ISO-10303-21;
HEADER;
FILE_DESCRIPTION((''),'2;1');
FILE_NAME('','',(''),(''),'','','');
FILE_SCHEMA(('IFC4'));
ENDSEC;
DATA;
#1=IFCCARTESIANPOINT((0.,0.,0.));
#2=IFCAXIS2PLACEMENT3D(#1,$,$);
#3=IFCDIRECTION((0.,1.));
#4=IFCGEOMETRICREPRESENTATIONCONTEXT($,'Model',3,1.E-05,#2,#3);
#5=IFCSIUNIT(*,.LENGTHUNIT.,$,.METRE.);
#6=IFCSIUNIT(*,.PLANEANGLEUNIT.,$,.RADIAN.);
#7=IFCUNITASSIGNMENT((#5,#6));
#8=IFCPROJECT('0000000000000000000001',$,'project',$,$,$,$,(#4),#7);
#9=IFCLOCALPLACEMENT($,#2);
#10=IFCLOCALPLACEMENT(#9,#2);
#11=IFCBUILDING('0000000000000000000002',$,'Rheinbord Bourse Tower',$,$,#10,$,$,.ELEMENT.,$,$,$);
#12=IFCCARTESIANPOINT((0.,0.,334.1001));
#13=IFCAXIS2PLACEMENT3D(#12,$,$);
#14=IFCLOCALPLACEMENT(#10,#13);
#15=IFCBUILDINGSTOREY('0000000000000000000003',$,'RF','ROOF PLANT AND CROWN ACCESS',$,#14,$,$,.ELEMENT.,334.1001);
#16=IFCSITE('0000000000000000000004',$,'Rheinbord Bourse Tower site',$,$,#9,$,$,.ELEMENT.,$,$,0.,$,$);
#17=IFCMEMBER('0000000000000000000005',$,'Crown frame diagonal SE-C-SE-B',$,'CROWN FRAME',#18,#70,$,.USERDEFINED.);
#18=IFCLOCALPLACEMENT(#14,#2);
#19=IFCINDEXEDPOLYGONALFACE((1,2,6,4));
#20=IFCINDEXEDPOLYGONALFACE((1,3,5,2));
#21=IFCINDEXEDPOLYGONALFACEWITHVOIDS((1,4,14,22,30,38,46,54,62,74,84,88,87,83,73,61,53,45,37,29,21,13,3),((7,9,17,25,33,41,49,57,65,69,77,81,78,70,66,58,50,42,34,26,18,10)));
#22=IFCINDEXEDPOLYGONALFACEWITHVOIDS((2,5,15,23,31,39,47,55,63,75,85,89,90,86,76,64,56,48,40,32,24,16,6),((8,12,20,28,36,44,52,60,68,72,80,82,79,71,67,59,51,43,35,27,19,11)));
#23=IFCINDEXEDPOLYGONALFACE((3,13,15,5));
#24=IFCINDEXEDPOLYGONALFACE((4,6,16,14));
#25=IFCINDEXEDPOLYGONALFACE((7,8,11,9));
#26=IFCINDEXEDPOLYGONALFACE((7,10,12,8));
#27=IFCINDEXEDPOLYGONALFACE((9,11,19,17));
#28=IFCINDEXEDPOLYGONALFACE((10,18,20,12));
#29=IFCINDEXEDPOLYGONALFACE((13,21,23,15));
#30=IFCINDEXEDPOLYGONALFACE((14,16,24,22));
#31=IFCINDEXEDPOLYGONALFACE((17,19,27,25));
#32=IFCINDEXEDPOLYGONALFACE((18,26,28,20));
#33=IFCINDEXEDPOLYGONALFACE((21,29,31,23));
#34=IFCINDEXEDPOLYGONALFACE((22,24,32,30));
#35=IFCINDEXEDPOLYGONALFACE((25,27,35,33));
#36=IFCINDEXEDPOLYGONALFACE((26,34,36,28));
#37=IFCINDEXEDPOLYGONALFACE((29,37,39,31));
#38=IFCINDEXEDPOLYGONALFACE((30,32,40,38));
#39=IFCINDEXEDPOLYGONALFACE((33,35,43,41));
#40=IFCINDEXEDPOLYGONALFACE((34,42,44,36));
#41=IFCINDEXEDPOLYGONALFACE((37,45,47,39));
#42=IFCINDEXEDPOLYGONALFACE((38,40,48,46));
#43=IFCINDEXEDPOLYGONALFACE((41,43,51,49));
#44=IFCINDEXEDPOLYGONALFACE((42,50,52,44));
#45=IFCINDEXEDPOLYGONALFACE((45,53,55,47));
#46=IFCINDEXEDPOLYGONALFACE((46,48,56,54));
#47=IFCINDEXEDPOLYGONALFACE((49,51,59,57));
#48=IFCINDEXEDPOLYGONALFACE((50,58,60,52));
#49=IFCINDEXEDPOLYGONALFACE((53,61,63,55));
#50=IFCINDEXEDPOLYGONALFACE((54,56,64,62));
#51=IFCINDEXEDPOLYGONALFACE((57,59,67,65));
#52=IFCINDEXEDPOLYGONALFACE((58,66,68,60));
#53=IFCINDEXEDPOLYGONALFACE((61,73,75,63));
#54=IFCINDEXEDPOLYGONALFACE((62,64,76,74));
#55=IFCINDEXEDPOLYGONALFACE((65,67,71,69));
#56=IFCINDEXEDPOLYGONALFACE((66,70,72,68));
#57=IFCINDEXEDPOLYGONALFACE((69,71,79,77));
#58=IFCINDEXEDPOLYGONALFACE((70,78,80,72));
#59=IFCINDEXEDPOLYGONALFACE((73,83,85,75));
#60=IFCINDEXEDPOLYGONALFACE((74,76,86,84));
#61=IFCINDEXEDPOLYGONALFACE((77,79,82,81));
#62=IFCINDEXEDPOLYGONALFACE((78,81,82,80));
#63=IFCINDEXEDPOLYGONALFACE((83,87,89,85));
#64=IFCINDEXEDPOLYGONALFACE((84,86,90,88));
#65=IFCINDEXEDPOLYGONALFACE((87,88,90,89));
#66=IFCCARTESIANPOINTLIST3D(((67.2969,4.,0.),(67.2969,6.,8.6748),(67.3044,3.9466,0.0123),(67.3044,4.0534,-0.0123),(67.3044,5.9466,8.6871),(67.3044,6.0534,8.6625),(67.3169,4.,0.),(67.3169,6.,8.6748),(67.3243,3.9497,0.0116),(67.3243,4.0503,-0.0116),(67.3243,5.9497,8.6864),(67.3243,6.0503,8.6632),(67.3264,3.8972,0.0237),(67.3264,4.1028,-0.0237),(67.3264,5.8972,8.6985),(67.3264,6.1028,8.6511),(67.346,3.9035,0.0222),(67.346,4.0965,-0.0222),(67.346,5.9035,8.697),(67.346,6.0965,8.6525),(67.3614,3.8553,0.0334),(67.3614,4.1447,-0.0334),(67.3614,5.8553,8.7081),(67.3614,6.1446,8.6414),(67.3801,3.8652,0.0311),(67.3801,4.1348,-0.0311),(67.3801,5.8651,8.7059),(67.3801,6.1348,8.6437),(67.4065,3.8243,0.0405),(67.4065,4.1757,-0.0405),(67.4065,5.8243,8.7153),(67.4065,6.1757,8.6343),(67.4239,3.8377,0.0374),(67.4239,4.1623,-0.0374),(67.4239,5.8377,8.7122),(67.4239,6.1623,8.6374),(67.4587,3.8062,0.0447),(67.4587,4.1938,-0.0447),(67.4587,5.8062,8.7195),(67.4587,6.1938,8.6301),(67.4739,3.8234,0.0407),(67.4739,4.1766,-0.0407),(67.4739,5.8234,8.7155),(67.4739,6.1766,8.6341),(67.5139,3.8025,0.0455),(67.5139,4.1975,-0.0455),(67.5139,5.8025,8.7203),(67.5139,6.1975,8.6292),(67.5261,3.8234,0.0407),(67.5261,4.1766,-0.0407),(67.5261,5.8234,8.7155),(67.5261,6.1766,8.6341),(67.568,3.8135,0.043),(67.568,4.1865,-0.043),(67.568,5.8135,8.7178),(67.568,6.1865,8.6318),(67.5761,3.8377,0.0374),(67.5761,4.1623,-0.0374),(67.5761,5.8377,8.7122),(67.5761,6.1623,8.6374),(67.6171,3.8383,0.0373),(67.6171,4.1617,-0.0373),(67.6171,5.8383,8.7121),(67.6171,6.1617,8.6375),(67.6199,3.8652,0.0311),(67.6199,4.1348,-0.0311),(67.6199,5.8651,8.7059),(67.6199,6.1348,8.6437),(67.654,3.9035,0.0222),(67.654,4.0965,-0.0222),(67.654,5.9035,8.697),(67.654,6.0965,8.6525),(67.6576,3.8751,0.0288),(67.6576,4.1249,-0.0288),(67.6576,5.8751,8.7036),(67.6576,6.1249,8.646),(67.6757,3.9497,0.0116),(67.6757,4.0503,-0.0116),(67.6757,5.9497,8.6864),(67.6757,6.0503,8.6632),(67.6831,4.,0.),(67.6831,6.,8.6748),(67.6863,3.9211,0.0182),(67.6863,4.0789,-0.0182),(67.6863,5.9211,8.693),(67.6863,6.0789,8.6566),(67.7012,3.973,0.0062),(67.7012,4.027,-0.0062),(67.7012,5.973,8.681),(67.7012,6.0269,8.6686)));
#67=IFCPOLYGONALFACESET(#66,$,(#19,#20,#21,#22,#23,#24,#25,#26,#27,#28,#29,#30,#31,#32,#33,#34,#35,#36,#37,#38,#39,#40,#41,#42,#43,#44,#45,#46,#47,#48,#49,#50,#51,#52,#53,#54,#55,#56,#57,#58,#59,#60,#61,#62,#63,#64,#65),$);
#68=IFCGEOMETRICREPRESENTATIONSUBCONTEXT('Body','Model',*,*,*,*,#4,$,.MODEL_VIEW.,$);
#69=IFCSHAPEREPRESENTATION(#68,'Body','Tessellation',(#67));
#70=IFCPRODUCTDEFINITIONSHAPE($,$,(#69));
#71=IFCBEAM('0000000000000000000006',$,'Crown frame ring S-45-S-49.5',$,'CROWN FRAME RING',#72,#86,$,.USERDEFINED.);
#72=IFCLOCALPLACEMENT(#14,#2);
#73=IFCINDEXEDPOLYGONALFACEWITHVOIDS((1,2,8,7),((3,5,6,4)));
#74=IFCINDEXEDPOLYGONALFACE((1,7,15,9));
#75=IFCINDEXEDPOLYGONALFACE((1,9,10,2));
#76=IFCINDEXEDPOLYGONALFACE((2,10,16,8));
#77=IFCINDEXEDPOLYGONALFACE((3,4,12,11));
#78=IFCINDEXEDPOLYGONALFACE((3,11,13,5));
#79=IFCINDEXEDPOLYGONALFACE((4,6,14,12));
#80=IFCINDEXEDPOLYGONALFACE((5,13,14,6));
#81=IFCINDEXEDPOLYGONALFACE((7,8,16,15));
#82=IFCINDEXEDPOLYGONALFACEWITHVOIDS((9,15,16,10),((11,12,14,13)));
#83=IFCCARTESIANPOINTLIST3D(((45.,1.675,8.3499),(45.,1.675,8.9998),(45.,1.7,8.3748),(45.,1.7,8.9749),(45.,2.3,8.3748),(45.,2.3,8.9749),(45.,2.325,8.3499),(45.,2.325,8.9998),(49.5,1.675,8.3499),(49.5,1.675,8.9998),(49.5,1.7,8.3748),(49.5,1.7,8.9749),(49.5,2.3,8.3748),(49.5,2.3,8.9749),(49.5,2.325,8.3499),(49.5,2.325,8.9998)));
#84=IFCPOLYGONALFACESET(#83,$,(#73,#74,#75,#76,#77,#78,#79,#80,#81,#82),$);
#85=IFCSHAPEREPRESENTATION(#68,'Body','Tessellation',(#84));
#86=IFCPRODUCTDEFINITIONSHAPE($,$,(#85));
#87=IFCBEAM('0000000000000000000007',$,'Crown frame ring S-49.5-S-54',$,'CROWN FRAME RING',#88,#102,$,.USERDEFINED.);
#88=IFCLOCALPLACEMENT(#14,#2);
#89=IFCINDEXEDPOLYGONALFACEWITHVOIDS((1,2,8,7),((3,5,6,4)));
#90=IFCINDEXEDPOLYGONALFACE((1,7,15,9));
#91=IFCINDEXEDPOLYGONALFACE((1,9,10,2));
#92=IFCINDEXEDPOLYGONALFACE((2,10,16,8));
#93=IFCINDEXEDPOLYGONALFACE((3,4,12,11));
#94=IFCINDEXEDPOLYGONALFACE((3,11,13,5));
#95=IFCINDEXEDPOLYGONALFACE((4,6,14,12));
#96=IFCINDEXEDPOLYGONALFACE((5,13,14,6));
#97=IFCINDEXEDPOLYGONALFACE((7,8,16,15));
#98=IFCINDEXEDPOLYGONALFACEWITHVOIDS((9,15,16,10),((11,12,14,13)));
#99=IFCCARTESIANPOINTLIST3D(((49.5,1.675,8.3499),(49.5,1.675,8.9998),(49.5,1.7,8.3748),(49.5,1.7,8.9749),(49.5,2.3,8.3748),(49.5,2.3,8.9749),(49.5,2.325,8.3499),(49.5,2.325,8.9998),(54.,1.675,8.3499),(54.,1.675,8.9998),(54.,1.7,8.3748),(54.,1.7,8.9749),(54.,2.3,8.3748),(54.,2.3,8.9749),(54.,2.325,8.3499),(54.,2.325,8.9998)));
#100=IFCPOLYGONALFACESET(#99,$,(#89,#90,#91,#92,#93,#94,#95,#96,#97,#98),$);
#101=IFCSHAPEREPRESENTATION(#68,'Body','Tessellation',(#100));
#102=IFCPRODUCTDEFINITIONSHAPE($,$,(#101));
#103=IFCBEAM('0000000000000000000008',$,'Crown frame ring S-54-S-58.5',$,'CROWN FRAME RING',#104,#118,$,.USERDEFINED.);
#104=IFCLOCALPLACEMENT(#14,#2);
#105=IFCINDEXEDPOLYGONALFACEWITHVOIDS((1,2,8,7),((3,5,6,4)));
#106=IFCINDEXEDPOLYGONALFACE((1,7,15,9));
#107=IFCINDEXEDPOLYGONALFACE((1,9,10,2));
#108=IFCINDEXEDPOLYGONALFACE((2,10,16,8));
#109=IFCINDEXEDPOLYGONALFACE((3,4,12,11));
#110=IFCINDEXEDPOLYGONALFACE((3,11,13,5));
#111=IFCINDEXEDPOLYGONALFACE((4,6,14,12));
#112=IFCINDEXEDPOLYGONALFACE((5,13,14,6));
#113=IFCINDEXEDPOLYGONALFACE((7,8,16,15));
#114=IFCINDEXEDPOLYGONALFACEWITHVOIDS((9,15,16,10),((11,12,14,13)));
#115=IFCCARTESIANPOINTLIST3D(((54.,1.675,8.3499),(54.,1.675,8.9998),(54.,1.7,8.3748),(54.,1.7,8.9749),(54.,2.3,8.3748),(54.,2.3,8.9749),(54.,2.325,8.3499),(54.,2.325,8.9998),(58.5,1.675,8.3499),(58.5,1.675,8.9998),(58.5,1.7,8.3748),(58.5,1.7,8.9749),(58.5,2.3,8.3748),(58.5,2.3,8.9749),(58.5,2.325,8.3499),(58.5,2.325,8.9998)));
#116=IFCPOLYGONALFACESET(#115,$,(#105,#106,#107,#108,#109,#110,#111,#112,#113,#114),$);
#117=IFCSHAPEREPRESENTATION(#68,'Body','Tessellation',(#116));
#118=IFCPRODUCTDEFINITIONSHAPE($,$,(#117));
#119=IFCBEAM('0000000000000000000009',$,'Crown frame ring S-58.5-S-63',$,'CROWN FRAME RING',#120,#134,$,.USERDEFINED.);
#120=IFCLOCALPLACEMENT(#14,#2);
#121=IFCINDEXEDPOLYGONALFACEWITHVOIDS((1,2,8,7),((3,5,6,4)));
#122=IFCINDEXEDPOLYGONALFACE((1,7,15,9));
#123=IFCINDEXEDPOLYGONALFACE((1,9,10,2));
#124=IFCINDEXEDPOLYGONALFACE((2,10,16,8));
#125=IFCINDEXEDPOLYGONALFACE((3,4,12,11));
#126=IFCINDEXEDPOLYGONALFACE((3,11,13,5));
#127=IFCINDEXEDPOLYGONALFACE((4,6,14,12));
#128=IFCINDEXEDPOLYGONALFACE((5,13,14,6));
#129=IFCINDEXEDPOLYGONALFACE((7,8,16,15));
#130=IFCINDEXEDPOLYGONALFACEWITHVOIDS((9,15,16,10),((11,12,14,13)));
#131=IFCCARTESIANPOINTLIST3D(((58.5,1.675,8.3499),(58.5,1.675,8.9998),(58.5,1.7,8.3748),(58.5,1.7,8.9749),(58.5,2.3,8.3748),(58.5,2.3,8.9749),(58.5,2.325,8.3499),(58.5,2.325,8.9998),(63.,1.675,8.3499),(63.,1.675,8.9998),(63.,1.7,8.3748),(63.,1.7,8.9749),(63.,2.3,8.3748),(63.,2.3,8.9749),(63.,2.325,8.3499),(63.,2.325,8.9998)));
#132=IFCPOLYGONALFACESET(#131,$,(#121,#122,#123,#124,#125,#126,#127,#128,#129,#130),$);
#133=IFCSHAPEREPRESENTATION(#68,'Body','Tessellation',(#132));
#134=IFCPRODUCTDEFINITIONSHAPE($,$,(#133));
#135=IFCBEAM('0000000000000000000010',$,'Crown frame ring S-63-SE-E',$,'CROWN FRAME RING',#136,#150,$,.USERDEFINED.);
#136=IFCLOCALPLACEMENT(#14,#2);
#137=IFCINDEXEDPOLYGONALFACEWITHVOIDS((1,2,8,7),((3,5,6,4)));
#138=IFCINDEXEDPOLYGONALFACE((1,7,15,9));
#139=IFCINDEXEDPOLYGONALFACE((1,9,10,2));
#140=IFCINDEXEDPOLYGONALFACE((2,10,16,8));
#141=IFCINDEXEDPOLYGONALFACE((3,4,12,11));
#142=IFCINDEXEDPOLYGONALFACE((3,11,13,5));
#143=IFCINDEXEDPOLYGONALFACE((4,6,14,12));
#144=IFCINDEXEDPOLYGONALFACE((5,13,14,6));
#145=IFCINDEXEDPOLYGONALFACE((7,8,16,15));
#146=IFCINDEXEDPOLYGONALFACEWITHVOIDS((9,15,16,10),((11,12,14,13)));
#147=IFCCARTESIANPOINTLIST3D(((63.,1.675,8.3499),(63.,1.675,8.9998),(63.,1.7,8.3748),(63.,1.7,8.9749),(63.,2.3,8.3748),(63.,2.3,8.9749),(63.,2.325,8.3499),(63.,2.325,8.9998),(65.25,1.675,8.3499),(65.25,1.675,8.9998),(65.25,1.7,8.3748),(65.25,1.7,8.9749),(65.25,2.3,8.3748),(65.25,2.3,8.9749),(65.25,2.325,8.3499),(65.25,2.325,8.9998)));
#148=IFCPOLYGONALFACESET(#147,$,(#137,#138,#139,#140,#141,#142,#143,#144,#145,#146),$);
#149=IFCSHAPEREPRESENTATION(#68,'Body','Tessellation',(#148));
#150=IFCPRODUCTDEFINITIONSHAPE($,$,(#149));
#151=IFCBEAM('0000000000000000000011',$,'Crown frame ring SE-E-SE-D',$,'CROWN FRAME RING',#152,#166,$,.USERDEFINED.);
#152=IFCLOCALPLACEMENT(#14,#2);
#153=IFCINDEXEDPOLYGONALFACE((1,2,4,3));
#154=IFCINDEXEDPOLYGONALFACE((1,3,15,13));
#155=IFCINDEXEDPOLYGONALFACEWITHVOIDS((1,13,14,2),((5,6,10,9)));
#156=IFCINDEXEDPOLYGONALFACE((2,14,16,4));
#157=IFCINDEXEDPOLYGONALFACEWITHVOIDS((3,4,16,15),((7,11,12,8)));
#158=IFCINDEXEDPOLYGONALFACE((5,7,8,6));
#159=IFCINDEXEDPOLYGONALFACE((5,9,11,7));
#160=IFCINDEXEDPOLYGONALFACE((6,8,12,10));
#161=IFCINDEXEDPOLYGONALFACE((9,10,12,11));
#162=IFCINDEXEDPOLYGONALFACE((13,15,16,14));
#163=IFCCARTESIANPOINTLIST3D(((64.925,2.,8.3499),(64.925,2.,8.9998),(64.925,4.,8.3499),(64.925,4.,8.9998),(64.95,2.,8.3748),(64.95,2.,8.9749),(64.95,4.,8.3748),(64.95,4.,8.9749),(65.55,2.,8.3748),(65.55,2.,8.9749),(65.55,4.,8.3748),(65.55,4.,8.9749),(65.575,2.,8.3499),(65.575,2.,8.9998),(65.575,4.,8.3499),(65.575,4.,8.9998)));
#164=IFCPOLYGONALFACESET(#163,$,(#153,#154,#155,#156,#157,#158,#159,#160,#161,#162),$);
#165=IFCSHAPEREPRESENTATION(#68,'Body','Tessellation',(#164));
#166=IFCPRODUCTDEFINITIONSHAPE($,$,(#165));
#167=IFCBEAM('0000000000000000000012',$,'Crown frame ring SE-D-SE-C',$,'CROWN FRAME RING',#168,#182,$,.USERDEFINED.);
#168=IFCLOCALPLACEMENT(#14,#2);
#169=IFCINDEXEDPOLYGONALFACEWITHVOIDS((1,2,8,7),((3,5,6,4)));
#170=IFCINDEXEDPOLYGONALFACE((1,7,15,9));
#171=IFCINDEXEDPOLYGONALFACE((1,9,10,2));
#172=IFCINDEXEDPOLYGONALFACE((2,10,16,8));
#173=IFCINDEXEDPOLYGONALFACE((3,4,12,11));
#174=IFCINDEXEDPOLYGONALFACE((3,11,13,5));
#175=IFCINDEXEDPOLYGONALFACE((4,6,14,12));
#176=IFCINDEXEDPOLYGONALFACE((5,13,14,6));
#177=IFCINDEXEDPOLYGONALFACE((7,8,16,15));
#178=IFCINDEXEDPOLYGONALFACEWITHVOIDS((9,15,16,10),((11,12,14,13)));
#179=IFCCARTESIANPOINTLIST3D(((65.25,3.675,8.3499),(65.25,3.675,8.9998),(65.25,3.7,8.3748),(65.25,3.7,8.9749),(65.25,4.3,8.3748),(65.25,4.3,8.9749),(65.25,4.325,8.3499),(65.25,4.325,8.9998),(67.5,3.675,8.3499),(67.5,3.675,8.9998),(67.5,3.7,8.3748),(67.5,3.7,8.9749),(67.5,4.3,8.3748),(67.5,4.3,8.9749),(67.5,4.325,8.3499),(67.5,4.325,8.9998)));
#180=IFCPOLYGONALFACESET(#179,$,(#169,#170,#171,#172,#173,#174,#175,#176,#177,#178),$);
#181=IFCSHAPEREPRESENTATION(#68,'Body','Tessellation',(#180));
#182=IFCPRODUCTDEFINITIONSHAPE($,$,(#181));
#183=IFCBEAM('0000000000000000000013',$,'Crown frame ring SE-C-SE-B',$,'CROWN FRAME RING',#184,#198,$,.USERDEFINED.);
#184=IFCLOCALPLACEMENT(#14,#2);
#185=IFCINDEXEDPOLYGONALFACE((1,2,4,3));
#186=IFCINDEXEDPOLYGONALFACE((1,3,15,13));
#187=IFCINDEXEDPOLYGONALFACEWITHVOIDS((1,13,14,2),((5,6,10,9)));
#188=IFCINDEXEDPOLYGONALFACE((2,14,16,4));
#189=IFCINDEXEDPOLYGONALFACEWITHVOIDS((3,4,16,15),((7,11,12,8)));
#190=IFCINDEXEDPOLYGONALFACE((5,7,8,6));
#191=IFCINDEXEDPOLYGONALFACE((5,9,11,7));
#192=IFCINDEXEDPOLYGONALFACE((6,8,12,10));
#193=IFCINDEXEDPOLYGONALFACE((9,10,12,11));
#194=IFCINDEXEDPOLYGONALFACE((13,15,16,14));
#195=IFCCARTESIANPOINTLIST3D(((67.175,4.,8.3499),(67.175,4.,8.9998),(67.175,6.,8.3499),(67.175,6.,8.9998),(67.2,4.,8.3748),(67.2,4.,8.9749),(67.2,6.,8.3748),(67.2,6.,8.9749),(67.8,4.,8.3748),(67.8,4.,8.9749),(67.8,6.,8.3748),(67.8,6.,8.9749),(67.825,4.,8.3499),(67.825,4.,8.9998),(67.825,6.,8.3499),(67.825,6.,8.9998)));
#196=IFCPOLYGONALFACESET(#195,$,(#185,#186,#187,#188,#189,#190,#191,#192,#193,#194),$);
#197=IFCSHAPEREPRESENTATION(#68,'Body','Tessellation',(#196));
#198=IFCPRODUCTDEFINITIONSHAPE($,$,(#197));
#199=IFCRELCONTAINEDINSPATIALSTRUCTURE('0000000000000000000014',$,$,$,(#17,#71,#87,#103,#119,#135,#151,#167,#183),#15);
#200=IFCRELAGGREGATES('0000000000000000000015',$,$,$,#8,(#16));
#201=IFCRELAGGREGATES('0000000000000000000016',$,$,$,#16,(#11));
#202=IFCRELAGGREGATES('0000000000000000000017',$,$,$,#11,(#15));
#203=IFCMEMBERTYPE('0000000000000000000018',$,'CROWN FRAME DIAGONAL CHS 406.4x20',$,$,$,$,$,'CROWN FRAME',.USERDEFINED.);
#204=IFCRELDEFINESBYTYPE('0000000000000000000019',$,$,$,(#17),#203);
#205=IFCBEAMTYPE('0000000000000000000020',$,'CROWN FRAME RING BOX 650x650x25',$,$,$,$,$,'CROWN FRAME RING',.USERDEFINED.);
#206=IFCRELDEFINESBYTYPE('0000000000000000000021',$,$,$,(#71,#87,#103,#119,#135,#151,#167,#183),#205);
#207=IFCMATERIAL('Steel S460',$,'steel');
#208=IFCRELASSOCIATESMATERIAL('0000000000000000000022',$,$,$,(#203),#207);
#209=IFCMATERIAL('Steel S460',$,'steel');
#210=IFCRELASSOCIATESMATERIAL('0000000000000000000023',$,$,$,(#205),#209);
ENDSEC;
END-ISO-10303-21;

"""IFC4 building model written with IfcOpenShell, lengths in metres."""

from ifc_helpers import new_model, si_unit, direction, frame, origin, origin_2d, place, context, subcontext, project, spatial, hollow_rectangle, hollow_circle, extrude, material, material_profile, profile_set, type_object, element, save


model = new_model("IFC4")

# Units and contexts
model_context = context("Model", 3, precision=1e-05, world=origin(), true_north=direction((0.0, 1.0)))
body_context = subcontext(model_context, "Body", "Model", "MODEL_VIEW")
ifc_project = project(units=[si_unit("LENGTHUNIT", "METRE"), si_unit("PLANEANGLEUNIT", "RADIAN")], contexts=[model_context])

# Site, building, storey
site_placement = place(None, origin())
site = spatial("IfcSite", under=ifc_project, at=site_placement, Name="Rheinbord Bourse Tower site", CompositionType="ELEMENT", RefElevation=0.0)
building_placement = place(site_placement, origin())
building = spatial("IfcBuilding", under=site, at=building_placement, Name="Rheinbord Bourse Tower", CompositionType="ELEMENT")
storey_placement = place(building_placement, frame((0.0, 0.0, 334.1001)))
storey = spatial("IfcBuildingStorey", under=building, at=storey_placement, Name="RF", Description="ROOF PLANT AND CROWN ACCESS", CompositionType="ELEMENT", Elevation=334.1001)

# Member
ifc_material_1 = material(Name="Steel S460", Category="steel")
ifc_material_profile_1 = material_profile(ifc_material_1, hollow_circle(Radius=0.2031, WallThickness=0.02, at=origin_2d()), Name="CHS 406.4x20")
ifc_profile_set_1 = profile_set([ifc_material_profile_1], Name="Steel S460")
member_type = type_object("IfcMemberType", Name="CROWN FRAME DIAGONAL CHS 406.4x20", ElementType="CROWN FRAME", PredefinedType="USERDEFINED", material=ifc_profile_set_1)
member_1_placement = place(storey_placement, frame((67.5, 4.0, 0.0), z_axis=(0.0, 0.224659, 0.974437), x_axis=(-1.0, 0.0, 0.0)))
element("IfcMember", 1, at=member_1_placement, inside=storey, type_object=member_type, Name="Crown frame diagonal SE-C-SE-B", ObjectType="CROWN FRAME", PredefinedType="USERDEFINED", context=body_context, shape_type="SweptSolid", body=[
    extrude(hollow_circle(Radius=0.2031, WallThickness=0.02, at=origin_2d()), origin(), (0.0, 0.0, 1.0), 8.9023),
])

# Beams
ifc_material_2 = material(Name="Steel S460", Category="steel")
ifc_material_profile_2 = material_profile(ifc_material_2, hollow_rectangle(XDim=0.6499, YDim=0.6499, WallThickness=0.0249, at=origin_2d()), Name="BOX 650x650x25")
ifc_profile_set_2 = profile_set([ifc_material_profile_2], Name="Steel S460")
beam_type = type_object("IfcBeamType", Name="CROWN FRAME RING BOX 650x650x25", ElementType="CROWN FRAME RING", PredefinedType="USERDEFINED", material=ifc_profile_set_2)
for number, where, z_axis, x_axis, name in (
    (2, (45.0, 2.0, 8.6748), (1.0, 0.0, 0.0), (0.0, 1.0, 0.0), "Crown frame ring S-45-S-49.5"),
    (3, (49.5, 2.0, 8.6748), (1.0, 0.0, 0.0), (0.0, 1.0, 0.0), "Crown frame ring S-49.5-S-54"),
    (4, (54.0, 2.0, 8.6748), (1.0, 0.0, 0.0), (0.0, 1.0, 0.0), "Crown frame ring S-54-S-58.5"),
    (5, (58.5, 2.0, 8.6748), (1.0, 0.0, 0.0), (0.0, 1.0, 0.0), "Crown frame ring S-58.5-S-63"),
):
    element("IfcBeam", number, at=place(storey_placement, frame(where, z_axis=z_axis, x_axis=x_axis)), inside=storey, type_object=beam_type, Name=name, ObjectType="CROWN FRAME RING", PredefinedType="USERDEFINED", context=body_context, shape_type="SweptSolid", body=[
        extrude(hollow_rectangle(XDim=0.6499, YDim=0.6499, WallThickness=0.0249, at=origin_2d()), origin(), (0.0, 0.0, 1.0), 4.5),
    ])
beam_1_placement = place(storey_placement, frame((63.0, 2.0, 8.6748), z_axis=(1.0, 0.0, 0.0), x_axis=(0.0, 1.0, 0.0)))
element("IfcBeam", 6, at=beam_1_placement, inside=storey, type_object=beam_type, Name="Crown frame ring S-63-SE-E", ObjectType="CROWN FRAME RING", PredefinedType="USERDEFINED", context=body_context, shape_type="SweptSolid", body=[
    extrude(hollow_rectangle(XDim=0.6499, YDim=0.6499, WallThickness=0.0249, at=origin_2d()), origin(), (0.0, 0.0, 1.0), 2.25),
])
beam_2_placement = place(storey_placement, frame((65.25, 2.0, 8.6748), z_axis=(0.0, 1.0, 0.0), x_axis=(-1.0, 0.0, 0.0)))
element("IfcBeam", 7, at=beam_2_placement, inside=storey, type_object=beam_type, Name="Crown frame ring SE-E-SE-D", ObjectType="CROWN FRAME RING", PredefinedType="USERDEFINED", context=body_context, shape_type="SweptSolid", body=[
    extrude(hollow_rectangle(XDim=0.6499, YDim=0.6499, WallThickness=0.0249, at=origin_2d()), origin(), (0.0, 0.0, 1.0), 2.0),
])
beam_3_placement = place(storey_placement, frame((65.25, 4.0, 8.6748), z_axis=(1.0, 0.0, 0.0), x_axis=(0.0, 1.0, 0.0)))
element("IfcBeam", 8, at=beam_3_placement, inside=storey, type_object=beam_type, Name="Crown frame ring SE-D-SE-C", ObjectType="CROWN FRAME RING", PredefinedType="USERDEFINED", context=body_context, shape_type="SweptSolid", body=[
    extrude(hollow_rectangle(XDim=0.6499, YDim=0.6499, WallThickness=0.0249, at=origin_2d()), origin(), (0.0, 0.0, 1.0), 2.25),
])
beam_4_placement = place(storey_placement, frame((67.5, 4.0, 8.6748), z_axis=(0.0, 1.0, 0.0), x_axis=(-1.0, 0.0, 0.0)))
element("IfcBeam", 9, at=beam_4_placement, inside=storey, type_object=beam_type, Name="Crown frame ring SE-C-SE-B", ObjectType="CROWN FRAME RING", PredefinedType="USERDEFINED", context=body_context, shape_type="SweptSolid", body=[
    extrude(hollow_rectangle(XDim=0.6499, YDim=0.6499, WallThickness=0.0249, at=origin_2d()), origin(), (0.0, 0.0, 1.0), 2.0),
])

save(model, "model.ifc")
